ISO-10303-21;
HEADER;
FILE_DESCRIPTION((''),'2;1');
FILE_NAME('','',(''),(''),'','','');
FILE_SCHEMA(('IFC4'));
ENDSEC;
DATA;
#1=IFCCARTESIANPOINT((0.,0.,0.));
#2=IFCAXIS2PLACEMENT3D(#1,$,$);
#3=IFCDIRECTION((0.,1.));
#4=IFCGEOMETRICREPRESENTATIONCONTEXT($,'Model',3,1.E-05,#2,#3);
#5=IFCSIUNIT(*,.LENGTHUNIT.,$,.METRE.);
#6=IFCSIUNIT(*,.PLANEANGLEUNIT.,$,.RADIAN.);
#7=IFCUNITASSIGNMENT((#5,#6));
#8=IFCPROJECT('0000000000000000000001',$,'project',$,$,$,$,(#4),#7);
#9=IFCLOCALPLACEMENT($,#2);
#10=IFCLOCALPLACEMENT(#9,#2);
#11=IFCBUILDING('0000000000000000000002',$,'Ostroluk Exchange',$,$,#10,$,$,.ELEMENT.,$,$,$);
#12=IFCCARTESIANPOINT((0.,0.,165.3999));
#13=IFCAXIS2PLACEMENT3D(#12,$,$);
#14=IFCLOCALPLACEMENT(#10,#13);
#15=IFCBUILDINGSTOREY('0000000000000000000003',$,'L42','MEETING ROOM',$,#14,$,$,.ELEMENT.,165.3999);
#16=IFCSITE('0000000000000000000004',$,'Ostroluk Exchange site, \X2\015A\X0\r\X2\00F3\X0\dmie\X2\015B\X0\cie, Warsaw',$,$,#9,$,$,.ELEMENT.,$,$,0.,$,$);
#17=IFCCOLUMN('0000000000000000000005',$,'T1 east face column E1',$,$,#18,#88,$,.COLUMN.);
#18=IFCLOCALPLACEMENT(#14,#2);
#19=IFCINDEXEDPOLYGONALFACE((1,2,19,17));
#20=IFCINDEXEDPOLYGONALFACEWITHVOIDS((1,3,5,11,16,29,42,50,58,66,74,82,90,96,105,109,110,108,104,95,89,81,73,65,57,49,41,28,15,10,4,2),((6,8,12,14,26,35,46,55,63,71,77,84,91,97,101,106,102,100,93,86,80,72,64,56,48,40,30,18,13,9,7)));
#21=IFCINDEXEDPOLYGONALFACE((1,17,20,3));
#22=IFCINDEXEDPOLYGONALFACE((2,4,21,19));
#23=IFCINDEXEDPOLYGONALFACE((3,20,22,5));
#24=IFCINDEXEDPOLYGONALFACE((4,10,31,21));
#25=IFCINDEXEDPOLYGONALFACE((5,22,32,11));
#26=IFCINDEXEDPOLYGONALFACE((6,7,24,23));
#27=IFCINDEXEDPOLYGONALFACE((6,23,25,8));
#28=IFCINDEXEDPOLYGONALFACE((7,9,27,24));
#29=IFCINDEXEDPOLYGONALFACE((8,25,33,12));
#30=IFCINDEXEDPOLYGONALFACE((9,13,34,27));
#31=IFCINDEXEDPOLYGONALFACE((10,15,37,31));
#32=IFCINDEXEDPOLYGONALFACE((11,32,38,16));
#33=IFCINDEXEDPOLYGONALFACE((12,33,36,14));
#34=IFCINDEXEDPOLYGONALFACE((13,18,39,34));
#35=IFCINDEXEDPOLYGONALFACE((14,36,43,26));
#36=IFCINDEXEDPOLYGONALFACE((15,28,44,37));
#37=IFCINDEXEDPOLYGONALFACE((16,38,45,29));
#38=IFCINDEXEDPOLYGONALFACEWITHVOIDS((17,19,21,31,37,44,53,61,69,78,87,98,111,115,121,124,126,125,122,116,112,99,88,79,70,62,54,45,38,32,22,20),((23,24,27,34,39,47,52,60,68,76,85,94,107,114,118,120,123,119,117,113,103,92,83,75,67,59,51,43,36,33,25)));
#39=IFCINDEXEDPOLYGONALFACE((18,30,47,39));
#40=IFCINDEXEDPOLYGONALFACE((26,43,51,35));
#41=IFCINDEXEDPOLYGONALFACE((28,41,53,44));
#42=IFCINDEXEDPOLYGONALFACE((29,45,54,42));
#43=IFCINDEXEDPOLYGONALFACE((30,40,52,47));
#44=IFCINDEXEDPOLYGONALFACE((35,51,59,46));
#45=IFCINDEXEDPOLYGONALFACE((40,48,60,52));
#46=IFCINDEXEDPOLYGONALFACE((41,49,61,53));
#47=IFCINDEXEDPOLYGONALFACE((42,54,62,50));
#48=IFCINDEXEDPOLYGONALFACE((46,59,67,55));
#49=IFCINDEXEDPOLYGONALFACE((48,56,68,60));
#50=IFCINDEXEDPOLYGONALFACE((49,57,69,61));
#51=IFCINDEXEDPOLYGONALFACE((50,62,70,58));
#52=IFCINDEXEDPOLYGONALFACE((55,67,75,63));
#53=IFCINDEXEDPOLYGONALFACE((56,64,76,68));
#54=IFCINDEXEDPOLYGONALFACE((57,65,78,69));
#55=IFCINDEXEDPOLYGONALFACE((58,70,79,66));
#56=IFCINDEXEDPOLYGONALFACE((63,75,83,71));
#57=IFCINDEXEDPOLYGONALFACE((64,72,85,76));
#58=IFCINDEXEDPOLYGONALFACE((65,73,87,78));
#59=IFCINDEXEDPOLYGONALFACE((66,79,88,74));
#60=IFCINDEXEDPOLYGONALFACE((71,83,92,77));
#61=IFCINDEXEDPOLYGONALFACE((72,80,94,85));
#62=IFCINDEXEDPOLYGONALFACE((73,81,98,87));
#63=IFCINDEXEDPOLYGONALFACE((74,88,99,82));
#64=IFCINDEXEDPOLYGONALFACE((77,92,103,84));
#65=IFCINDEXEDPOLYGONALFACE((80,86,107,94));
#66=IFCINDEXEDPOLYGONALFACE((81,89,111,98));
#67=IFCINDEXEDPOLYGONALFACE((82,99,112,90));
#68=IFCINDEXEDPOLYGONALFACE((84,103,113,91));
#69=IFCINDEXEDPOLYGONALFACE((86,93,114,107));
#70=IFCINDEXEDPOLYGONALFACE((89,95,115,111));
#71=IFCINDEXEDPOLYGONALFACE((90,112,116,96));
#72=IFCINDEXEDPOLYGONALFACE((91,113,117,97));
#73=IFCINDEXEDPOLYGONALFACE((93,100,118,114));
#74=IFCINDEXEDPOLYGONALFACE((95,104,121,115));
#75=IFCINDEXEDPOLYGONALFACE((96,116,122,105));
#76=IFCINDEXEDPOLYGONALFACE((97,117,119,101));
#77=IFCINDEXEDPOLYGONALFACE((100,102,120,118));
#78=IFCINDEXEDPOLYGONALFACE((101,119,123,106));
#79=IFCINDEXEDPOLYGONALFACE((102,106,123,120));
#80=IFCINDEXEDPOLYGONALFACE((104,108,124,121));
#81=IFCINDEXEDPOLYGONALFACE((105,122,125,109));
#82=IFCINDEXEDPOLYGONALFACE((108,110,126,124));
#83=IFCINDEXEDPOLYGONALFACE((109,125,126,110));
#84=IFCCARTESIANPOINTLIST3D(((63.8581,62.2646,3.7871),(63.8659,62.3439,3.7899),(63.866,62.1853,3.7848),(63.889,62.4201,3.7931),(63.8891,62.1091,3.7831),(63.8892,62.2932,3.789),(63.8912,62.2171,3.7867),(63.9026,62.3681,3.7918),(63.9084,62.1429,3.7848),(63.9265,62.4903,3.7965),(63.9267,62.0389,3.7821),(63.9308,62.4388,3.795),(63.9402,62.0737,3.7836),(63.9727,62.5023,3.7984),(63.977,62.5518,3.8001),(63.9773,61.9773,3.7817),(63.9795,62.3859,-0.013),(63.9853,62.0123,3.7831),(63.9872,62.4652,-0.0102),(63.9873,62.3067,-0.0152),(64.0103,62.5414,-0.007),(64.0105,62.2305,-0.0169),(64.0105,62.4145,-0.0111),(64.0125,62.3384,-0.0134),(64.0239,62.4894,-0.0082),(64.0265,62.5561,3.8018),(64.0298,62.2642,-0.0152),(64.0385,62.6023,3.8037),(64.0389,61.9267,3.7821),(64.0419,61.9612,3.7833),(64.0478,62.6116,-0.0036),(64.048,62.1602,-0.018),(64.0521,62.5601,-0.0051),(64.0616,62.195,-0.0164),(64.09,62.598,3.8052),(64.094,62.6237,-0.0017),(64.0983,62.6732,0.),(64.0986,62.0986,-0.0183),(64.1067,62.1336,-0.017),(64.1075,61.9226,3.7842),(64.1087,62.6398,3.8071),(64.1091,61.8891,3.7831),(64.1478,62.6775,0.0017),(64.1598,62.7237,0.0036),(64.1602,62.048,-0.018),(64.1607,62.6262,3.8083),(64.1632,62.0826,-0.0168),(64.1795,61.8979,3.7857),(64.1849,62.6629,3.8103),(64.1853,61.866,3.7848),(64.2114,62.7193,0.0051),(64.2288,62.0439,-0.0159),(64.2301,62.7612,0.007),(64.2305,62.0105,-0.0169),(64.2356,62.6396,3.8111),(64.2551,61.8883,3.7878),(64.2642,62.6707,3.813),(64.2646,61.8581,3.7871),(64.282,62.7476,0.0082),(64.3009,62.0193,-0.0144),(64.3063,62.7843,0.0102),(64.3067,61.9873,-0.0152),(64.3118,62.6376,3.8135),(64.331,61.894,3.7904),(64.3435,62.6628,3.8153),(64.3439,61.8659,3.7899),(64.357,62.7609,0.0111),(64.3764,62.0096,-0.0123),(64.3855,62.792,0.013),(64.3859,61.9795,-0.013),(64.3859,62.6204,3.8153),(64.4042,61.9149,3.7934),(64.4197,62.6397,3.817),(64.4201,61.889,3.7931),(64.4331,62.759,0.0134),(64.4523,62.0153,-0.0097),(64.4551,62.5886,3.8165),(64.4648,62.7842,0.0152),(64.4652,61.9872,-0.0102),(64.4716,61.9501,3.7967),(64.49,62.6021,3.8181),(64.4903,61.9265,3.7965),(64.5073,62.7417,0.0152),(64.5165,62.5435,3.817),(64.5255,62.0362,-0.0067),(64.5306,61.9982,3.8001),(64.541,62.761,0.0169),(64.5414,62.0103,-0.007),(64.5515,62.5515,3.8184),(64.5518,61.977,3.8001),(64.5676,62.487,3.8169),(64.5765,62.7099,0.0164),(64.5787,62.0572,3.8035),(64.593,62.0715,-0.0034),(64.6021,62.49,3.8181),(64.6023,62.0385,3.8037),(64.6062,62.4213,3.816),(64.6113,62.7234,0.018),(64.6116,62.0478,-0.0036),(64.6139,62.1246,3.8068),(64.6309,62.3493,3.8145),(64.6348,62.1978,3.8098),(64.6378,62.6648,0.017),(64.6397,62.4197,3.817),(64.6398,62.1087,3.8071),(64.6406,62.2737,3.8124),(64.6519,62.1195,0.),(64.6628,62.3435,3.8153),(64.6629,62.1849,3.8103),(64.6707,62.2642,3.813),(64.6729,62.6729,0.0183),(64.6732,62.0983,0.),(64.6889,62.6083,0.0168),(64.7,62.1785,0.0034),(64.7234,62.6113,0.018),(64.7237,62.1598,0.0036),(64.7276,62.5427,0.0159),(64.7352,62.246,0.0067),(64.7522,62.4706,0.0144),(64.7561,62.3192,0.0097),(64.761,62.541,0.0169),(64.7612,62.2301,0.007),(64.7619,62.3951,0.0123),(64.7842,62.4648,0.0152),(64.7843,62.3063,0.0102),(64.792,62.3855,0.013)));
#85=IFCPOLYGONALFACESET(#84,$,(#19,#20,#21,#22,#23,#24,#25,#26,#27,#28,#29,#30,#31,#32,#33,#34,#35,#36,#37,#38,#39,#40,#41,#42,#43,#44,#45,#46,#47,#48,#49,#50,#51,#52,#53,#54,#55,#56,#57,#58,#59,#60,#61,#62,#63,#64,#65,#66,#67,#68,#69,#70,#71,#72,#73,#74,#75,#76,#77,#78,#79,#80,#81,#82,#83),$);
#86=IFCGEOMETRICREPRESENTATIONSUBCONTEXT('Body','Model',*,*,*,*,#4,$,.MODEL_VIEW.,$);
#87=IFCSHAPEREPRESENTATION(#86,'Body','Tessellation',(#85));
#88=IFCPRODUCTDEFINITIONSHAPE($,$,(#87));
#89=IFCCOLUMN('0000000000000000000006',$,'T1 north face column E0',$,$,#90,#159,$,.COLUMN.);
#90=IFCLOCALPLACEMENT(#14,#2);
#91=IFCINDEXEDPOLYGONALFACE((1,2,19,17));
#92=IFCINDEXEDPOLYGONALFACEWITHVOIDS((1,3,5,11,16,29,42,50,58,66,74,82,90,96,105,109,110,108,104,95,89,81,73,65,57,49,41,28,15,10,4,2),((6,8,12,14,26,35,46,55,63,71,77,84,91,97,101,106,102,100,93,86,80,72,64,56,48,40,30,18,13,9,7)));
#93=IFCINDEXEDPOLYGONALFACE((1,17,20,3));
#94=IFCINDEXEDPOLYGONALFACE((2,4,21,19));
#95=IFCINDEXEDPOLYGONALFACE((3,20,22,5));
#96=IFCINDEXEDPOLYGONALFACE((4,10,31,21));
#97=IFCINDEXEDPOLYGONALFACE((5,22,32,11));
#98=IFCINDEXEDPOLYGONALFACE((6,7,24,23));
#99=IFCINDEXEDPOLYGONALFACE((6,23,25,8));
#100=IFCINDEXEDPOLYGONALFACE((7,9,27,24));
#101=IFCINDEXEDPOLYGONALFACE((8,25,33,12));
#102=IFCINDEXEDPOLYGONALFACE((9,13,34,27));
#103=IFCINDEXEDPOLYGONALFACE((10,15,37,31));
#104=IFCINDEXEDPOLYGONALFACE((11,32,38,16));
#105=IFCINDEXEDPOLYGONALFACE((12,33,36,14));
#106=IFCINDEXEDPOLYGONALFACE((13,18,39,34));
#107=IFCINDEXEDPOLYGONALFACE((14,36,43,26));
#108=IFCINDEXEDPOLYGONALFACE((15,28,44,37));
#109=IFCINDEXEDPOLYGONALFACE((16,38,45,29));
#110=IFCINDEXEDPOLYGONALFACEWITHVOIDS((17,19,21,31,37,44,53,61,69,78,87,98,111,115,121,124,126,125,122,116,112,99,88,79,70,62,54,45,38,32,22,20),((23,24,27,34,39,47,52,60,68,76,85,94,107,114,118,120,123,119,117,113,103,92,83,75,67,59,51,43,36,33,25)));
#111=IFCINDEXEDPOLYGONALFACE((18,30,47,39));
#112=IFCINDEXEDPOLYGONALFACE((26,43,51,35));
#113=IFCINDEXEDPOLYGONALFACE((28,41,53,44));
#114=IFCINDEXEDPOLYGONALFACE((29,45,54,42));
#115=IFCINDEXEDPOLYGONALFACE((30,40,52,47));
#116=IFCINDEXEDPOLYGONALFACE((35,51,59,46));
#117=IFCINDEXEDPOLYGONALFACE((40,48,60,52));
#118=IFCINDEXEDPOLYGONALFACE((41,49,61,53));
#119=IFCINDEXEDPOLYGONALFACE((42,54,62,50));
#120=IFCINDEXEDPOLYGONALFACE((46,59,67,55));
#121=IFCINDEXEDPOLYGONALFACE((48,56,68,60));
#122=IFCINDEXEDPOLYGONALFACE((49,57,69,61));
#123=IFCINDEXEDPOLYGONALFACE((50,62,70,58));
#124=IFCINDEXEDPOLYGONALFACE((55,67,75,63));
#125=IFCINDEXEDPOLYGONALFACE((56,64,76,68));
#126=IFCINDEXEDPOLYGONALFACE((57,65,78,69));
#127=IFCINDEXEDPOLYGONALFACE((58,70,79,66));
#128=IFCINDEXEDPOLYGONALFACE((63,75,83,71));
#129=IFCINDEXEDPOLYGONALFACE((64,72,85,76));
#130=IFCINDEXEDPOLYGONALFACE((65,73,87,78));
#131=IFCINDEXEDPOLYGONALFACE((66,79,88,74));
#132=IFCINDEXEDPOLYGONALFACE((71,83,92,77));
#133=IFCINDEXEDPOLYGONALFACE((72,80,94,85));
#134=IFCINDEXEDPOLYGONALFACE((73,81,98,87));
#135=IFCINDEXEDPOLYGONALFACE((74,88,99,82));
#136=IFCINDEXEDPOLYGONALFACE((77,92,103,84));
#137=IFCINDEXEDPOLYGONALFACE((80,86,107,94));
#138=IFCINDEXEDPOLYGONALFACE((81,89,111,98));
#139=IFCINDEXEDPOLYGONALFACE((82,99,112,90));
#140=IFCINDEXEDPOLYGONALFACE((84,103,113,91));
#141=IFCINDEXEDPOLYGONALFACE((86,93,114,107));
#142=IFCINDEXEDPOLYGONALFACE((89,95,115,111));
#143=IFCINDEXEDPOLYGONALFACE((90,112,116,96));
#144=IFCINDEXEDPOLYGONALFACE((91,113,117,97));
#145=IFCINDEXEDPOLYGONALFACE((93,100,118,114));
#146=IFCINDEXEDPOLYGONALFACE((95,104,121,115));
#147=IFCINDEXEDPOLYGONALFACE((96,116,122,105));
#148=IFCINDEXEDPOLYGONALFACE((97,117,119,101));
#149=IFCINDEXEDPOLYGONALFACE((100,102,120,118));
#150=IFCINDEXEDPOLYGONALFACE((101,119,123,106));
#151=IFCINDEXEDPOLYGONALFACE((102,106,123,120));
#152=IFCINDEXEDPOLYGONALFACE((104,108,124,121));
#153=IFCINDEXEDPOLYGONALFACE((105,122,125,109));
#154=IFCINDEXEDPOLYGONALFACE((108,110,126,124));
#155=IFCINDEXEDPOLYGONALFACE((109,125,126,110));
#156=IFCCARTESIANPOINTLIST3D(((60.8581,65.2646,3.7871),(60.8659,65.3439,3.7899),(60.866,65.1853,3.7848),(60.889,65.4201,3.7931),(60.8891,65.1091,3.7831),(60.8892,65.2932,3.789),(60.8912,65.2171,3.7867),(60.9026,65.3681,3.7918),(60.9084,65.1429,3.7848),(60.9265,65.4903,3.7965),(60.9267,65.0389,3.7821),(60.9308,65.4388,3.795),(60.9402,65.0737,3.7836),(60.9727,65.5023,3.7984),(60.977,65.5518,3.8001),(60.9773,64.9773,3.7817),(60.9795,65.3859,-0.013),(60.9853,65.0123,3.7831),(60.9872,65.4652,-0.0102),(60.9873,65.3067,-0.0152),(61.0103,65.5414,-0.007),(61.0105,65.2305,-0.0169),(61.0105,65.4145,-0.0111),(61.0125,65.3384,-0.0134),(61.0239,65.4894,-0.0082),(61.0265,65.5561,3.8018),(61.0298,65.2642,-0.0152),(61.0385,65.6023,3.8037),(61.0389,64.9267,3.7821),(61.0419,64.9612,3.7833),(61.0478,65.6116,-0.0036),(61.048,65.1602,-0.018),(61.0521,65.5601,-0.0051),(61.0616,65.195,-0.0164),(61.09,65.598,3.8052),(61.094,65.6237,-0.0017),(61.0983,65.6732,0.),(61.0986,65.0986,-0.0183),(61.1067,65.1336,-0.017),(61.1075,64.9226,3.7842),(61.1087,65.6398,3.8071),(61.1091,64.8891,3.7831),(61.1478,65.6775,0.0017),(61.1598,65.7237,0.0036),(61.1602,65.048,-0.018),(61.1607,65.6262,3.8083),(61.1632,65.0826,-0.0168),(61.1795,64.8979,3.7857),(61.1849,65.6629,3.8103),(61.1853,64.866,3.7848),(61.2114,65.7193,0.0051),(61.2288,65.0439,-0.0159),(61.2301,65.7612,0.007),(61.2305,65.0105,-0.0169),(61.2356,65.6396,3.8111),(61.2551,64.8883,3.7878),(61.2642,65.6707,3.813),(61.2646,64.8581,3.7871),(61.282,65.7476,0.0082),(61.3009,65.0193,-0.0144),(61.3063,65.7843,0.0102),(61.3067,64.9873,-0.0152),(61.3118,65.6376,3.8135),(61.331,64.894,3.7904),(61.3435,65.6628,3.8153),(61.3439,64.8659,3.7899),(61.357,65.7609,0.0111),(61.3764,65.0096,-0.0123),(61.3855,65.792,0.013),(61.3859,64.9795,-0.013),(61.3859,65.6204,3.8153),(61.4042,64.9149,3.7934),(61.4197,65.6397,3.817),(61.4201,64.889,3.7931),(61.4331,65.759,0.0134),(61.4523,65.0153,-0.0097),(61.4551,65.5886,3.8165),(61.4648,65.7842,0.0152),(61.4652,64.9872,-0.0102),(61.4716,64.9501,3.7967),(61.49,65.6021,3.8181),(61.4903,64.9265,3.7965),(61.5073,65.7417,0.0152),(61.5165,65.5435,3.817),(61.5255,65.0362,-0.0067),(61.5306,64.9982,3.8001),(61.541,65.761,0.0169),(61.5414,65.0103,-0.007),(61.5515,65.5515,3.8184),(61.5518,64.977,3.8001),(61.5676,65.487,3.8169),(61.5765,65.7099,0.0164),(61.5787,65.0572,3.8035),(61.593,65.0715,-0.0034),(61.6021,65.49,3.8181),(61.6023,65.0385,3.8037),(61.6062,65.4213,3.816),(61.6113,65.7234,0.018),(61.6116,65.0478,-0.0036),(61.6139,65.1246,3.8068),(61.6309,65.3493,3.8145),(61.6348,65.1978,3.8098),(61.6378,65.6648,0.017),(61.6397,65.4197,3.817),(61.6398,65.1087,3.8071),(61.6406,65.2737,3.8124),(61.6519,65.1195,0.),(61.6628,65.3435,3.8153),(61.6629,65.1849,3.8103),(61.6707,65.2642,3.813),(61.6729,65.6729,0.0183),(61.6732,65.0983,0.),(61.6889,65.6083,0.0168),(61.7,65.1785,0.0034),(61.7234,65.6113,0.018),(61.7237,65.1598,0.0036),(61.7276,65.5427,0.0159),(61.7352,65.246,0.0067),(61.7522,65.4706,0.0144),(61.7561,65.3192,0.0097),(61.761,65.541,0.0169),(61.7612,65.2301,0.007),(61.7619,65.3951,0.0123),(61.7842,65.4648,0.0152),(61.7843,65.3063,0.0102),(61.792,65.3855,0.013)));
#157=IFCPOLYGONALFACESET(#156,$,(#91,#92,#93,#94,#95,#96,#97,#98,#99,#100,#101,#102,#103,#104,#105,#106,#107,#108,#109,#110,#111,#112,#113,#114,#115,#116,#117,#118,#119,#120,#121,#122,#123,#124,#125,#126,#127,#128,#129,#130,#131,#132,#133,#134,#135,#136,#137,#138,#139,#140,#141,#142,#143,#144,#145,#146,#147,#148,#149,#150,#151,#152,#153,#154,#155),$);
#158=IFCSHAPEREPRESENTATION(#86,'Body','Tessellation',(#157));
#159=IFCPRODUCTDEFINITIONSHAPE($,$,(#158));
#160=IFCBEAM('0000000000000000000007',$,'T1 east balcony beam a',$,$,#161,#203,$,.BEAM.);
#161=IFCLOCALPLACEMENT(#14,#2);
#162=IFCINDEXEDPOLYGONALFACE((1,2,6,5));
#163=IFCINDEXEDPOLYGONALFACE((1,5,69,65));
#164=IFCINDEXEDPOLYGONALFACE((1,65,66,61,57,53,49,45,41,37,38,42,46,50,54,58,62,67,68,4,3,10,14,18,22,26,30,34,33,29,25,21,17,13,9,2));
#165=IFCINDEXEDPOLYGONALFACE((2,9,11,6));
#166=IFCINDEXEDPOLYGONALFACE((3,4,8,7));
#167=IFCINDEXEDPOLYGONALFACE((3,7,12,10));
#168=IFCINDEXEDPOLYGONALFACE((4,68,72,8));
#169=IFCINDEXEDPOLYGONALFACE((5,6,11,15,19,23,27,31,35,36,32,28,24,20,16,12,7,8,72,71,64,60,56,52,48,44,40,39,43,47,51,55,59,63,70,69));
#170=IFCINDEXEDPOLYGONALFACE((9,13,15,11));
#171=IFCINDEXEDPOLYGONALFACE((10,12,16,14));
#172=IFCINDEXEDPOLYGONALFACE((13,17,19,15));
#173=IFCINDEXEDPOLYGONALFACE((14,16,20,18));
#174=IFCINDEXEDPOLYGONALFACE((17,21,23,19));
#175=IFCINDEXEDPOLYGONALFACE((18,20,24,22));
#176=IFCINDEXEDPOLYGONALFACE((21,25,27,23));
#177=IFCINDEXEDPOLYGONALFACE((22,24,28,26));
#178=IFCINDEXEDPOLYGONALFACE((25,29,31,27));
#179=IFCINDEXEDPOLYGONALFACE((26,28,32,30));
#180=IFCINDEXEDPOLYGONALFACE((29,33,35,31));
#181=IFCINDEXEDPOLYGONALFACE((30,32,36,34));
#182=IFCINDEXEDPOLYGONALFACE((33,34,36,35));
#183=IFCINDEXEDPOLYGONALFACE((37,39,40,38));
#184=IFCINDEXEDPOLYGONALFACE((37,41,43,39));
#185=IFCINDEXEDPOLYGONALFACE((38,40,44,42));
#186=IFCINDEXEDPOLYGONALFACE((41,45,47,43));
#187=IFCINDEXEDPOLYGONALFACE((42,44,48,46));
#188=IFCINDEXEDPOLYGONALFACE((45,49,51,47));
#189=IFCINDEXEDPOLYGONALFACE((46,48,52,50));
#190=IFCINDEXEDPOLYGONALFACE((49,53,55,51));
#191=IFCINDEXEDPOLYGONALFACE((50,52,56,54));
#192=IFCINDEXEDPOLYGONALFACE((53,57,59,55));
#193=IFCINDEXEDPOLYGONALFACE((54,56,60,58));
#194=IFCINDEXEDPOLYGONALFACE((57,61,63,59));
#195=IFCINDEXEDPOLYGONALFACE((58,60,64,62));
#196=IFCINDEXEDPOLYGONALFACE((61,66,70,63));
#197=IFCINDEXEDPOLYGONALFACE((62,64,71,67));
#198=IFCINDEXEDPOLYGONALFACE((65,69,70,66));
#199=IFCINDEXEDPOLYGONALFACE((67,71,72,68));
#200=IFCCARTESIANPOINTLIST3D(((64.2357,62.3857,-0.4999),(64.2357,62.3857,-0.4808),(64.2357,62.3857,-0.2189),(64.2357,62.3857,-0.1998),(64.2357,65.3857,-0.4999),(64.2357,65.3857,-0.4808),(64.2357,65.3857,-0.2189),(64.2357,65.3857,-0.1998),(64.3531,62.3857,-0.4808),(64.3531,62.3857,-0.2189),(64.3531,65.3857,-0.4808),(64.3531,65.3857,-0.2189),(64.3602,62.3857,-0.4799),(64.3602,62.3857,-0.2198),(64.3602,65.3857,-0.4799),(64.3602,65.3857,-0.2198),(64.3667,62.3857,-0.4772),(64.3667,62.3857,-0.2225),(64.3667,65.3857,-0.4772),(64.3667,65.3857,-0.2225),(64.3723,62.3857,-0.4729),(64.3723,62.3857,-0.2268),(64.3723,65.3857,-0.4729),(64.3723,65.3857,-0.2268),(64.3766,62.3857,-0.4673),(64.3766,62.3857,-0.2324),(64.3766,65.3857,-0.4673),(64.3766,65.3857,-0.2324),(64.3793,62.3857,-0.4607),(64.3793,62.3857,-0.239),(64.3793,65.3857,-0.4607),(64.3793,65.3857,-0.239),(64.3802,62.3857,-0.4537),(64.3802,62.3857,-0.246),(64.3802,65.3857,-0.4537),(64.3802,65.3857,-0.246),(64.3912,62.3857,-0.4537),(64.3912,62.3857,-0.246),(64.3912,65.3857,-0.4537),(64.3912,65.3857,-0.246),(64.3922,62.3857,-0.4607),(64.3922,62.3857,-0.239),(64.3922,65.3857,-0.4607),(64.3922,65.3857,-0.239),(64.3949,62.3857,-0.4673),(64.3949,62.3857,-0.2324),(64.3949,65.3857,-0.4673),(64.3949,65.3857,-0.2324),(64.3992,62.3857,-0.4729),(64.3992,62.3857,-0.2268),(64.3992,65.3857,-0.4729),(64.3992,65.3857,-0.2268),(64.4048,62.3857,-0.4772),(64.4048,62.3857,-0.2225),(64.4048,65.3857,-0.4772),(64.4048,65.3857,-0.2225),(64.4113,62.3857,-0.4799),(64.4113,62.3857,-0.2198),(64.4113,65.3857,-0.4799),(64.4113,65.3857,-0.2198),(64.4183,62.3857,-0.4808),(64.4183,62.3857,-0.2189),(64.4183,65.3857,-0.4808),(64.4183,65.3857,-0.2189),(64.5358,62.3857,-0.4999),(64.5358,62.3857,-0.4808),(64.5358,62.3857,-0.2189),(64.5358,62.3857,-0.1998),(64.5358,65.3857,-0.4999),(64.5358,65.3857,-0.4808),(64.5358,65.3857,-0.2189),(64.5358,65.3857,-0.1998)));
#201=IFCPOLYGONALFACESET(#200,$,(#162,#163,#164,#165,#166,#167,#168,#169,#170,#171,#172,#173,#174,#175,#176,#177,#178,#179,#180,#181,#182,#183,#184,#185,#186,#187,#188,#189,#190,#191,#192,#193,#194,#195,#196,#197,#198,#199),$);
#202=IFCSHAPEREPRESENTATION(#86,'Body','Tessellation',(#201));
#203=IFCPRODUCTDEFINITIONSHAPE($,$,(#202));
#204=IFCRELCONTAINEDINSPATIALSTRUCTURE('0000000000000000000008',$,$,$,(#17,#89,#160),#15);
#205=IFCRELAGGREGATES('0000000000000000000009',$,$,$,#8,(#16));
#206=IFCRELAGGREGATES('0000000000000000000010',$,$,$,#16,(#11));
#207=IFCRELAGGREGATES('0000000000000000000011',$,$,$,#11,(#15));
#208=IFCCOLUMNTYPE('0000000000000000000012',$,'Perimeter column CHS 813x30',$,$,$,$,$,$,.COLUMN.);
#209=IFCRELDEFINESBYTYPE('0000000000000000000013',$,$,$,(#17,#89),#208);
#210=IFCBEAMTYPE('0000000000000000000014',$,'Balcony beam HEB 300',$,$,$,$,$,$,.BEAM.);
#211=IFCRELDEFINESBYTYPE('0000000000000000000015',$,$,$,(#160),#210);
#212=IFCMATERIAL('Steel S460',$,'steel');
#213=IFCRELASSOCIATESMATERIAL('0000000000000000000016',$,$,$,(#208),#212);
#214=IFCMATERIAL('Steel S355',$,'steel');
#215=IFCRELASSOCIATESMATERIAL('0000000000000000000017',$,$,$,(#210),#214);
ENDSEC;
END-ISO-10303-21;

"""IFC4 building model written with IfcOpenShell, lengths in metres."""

from ifc_helpers import new_model, si_unit, direction, frame, origin, origin_2d, place, context, subcontext, project, spatial, hollow_circle, i_section, extrude, material, material_profile, profile_set, type_object, element, save


model = new_model("IFC4")

# Units and contexts
model_context = context("Model", 3, precision=1e-05, world=origin(), true_north=direction((0.0, 1.0)))
body_context = subcontext(model_context, "Body", "Model", "MODEL_VIEW")
ifc_project = project(units=[si_unit("LENGTHUNIT", "METRE"), si_unit("PLANEANGLEUNIT", "RADIAN")], contexts=[model_context])

# Site, building, storey
site_placement = place(None, origin())
site = spatial("IfcSite", under=ifc_project, at=site_placement, Name="Ostroluk Exchange site, Śródmieście, Warsaw", CompositionType="ELEMENT", RefElevation=0.0)
building_placement = place(site_placement, origin())
building = spatial("IfcBuilding", under=site, at=building_placement, Name="Ostroluk Exchange", CompositionType="ELEMENT")
storey_placement = place(building_placement, frame((0.0, 0.0, 165.3999)))
storey = spatial("IfcBuildingStorey", under=building, at=storey_placement, Name="L42", Description="MEETING ROOM", CompositionType="ELEMENT", Elevation=165.3999)

# Columns
ifc_material_1 = material(Name="Steel S460", Category="steel")
ifc_material_profile_1 = material_profile(ifc_material_1, hollow_circle(Radius=0.4065, WallThickness=0.03, at=origin_2d()), Name="CHS 813x30")
ifc_profile_set_1 = profile_set([ifc_material_profile_1], Name="Steel S460")
column_type = type_object("IfcColumnType", Name="Perimeter column CHS 813x30", PredefinedType="COLUMN", material=ifc_profile_set_1)
for number, where, z_axis, x_axis, name in (
    (1, (64.3857, 62.3857, 0.0), (-0.031898, -0.031898, 0.998982), (0.707107, -0.707107, 0.0), "T1 east face column E1"),
    (2, (61.3857, 65.3857, 0.0), (-0.031898, -0.031898, 0.998982), (0.707107, -0.707107, 0.0), "T1 north face column E0"),
):
    element("IfcColumn", number, at=place(storey_placement, frame(where, z_axis=z_axis, x_axis=x_axis)), inside=storey, type_object=column_type, Name=name, PredefinedType="COLUMN", context=body_context, shape_type="SweptSolid", body=[
        extrude(hollow_circle(Radius=0.4065, WallThickness=0.03, at=origin_2d()), origin(), (0.0, 0.0, 1.0), 3.804),
    ])

# Beam
ifc_material_2 = material(Name="Steel S355", Category="steel")
ifc_material_profile_2 = material_profile(ifc_material_2, i_section(OverallWidth=0.3, OverallDepth=0.3, WebThickness=0.011, FlangeThickness=0.019, FilletRadius=0.0271, at=origin_2d()), Name="HEB 300")
ifc_profile_set_2 = profile_set([ifc_material_profile_2], Name="Steel S355")
beam_type_1 = type_object("IfcBeamType", Name="Balcony beam HEB 300", PredefinedType="BEAM", material=ifc_profile_set_2)
for number, where, z_axis, x_axis, name in (
    (3, (64.3857, 62.3857, -0.3499), (0.0, 1.0, 0.0), (-1.0, 0.0, 0.0), "T1 east balcony beam a"),
):
    element("IfcBeam", number, at=place(storey_placement, frame(where, z_axis=z_axis, x_axis=x_axis)), inside=storey, type_object=beam_type_1, Name=name, PredefinedType="BEAM", context=body_context, shape_type="SweptSolid", body=[
        extrude(i_section(OverallWidth=0.3, OverallDepth=0.3, WebThickness=0.011, FlangeThickness=0.019, FilletRadius=0.0271, at=origin_2d()), origin(), (0.0, 0.0, 1.0), 3.0),
    ])

save(model, "model.ifc")
